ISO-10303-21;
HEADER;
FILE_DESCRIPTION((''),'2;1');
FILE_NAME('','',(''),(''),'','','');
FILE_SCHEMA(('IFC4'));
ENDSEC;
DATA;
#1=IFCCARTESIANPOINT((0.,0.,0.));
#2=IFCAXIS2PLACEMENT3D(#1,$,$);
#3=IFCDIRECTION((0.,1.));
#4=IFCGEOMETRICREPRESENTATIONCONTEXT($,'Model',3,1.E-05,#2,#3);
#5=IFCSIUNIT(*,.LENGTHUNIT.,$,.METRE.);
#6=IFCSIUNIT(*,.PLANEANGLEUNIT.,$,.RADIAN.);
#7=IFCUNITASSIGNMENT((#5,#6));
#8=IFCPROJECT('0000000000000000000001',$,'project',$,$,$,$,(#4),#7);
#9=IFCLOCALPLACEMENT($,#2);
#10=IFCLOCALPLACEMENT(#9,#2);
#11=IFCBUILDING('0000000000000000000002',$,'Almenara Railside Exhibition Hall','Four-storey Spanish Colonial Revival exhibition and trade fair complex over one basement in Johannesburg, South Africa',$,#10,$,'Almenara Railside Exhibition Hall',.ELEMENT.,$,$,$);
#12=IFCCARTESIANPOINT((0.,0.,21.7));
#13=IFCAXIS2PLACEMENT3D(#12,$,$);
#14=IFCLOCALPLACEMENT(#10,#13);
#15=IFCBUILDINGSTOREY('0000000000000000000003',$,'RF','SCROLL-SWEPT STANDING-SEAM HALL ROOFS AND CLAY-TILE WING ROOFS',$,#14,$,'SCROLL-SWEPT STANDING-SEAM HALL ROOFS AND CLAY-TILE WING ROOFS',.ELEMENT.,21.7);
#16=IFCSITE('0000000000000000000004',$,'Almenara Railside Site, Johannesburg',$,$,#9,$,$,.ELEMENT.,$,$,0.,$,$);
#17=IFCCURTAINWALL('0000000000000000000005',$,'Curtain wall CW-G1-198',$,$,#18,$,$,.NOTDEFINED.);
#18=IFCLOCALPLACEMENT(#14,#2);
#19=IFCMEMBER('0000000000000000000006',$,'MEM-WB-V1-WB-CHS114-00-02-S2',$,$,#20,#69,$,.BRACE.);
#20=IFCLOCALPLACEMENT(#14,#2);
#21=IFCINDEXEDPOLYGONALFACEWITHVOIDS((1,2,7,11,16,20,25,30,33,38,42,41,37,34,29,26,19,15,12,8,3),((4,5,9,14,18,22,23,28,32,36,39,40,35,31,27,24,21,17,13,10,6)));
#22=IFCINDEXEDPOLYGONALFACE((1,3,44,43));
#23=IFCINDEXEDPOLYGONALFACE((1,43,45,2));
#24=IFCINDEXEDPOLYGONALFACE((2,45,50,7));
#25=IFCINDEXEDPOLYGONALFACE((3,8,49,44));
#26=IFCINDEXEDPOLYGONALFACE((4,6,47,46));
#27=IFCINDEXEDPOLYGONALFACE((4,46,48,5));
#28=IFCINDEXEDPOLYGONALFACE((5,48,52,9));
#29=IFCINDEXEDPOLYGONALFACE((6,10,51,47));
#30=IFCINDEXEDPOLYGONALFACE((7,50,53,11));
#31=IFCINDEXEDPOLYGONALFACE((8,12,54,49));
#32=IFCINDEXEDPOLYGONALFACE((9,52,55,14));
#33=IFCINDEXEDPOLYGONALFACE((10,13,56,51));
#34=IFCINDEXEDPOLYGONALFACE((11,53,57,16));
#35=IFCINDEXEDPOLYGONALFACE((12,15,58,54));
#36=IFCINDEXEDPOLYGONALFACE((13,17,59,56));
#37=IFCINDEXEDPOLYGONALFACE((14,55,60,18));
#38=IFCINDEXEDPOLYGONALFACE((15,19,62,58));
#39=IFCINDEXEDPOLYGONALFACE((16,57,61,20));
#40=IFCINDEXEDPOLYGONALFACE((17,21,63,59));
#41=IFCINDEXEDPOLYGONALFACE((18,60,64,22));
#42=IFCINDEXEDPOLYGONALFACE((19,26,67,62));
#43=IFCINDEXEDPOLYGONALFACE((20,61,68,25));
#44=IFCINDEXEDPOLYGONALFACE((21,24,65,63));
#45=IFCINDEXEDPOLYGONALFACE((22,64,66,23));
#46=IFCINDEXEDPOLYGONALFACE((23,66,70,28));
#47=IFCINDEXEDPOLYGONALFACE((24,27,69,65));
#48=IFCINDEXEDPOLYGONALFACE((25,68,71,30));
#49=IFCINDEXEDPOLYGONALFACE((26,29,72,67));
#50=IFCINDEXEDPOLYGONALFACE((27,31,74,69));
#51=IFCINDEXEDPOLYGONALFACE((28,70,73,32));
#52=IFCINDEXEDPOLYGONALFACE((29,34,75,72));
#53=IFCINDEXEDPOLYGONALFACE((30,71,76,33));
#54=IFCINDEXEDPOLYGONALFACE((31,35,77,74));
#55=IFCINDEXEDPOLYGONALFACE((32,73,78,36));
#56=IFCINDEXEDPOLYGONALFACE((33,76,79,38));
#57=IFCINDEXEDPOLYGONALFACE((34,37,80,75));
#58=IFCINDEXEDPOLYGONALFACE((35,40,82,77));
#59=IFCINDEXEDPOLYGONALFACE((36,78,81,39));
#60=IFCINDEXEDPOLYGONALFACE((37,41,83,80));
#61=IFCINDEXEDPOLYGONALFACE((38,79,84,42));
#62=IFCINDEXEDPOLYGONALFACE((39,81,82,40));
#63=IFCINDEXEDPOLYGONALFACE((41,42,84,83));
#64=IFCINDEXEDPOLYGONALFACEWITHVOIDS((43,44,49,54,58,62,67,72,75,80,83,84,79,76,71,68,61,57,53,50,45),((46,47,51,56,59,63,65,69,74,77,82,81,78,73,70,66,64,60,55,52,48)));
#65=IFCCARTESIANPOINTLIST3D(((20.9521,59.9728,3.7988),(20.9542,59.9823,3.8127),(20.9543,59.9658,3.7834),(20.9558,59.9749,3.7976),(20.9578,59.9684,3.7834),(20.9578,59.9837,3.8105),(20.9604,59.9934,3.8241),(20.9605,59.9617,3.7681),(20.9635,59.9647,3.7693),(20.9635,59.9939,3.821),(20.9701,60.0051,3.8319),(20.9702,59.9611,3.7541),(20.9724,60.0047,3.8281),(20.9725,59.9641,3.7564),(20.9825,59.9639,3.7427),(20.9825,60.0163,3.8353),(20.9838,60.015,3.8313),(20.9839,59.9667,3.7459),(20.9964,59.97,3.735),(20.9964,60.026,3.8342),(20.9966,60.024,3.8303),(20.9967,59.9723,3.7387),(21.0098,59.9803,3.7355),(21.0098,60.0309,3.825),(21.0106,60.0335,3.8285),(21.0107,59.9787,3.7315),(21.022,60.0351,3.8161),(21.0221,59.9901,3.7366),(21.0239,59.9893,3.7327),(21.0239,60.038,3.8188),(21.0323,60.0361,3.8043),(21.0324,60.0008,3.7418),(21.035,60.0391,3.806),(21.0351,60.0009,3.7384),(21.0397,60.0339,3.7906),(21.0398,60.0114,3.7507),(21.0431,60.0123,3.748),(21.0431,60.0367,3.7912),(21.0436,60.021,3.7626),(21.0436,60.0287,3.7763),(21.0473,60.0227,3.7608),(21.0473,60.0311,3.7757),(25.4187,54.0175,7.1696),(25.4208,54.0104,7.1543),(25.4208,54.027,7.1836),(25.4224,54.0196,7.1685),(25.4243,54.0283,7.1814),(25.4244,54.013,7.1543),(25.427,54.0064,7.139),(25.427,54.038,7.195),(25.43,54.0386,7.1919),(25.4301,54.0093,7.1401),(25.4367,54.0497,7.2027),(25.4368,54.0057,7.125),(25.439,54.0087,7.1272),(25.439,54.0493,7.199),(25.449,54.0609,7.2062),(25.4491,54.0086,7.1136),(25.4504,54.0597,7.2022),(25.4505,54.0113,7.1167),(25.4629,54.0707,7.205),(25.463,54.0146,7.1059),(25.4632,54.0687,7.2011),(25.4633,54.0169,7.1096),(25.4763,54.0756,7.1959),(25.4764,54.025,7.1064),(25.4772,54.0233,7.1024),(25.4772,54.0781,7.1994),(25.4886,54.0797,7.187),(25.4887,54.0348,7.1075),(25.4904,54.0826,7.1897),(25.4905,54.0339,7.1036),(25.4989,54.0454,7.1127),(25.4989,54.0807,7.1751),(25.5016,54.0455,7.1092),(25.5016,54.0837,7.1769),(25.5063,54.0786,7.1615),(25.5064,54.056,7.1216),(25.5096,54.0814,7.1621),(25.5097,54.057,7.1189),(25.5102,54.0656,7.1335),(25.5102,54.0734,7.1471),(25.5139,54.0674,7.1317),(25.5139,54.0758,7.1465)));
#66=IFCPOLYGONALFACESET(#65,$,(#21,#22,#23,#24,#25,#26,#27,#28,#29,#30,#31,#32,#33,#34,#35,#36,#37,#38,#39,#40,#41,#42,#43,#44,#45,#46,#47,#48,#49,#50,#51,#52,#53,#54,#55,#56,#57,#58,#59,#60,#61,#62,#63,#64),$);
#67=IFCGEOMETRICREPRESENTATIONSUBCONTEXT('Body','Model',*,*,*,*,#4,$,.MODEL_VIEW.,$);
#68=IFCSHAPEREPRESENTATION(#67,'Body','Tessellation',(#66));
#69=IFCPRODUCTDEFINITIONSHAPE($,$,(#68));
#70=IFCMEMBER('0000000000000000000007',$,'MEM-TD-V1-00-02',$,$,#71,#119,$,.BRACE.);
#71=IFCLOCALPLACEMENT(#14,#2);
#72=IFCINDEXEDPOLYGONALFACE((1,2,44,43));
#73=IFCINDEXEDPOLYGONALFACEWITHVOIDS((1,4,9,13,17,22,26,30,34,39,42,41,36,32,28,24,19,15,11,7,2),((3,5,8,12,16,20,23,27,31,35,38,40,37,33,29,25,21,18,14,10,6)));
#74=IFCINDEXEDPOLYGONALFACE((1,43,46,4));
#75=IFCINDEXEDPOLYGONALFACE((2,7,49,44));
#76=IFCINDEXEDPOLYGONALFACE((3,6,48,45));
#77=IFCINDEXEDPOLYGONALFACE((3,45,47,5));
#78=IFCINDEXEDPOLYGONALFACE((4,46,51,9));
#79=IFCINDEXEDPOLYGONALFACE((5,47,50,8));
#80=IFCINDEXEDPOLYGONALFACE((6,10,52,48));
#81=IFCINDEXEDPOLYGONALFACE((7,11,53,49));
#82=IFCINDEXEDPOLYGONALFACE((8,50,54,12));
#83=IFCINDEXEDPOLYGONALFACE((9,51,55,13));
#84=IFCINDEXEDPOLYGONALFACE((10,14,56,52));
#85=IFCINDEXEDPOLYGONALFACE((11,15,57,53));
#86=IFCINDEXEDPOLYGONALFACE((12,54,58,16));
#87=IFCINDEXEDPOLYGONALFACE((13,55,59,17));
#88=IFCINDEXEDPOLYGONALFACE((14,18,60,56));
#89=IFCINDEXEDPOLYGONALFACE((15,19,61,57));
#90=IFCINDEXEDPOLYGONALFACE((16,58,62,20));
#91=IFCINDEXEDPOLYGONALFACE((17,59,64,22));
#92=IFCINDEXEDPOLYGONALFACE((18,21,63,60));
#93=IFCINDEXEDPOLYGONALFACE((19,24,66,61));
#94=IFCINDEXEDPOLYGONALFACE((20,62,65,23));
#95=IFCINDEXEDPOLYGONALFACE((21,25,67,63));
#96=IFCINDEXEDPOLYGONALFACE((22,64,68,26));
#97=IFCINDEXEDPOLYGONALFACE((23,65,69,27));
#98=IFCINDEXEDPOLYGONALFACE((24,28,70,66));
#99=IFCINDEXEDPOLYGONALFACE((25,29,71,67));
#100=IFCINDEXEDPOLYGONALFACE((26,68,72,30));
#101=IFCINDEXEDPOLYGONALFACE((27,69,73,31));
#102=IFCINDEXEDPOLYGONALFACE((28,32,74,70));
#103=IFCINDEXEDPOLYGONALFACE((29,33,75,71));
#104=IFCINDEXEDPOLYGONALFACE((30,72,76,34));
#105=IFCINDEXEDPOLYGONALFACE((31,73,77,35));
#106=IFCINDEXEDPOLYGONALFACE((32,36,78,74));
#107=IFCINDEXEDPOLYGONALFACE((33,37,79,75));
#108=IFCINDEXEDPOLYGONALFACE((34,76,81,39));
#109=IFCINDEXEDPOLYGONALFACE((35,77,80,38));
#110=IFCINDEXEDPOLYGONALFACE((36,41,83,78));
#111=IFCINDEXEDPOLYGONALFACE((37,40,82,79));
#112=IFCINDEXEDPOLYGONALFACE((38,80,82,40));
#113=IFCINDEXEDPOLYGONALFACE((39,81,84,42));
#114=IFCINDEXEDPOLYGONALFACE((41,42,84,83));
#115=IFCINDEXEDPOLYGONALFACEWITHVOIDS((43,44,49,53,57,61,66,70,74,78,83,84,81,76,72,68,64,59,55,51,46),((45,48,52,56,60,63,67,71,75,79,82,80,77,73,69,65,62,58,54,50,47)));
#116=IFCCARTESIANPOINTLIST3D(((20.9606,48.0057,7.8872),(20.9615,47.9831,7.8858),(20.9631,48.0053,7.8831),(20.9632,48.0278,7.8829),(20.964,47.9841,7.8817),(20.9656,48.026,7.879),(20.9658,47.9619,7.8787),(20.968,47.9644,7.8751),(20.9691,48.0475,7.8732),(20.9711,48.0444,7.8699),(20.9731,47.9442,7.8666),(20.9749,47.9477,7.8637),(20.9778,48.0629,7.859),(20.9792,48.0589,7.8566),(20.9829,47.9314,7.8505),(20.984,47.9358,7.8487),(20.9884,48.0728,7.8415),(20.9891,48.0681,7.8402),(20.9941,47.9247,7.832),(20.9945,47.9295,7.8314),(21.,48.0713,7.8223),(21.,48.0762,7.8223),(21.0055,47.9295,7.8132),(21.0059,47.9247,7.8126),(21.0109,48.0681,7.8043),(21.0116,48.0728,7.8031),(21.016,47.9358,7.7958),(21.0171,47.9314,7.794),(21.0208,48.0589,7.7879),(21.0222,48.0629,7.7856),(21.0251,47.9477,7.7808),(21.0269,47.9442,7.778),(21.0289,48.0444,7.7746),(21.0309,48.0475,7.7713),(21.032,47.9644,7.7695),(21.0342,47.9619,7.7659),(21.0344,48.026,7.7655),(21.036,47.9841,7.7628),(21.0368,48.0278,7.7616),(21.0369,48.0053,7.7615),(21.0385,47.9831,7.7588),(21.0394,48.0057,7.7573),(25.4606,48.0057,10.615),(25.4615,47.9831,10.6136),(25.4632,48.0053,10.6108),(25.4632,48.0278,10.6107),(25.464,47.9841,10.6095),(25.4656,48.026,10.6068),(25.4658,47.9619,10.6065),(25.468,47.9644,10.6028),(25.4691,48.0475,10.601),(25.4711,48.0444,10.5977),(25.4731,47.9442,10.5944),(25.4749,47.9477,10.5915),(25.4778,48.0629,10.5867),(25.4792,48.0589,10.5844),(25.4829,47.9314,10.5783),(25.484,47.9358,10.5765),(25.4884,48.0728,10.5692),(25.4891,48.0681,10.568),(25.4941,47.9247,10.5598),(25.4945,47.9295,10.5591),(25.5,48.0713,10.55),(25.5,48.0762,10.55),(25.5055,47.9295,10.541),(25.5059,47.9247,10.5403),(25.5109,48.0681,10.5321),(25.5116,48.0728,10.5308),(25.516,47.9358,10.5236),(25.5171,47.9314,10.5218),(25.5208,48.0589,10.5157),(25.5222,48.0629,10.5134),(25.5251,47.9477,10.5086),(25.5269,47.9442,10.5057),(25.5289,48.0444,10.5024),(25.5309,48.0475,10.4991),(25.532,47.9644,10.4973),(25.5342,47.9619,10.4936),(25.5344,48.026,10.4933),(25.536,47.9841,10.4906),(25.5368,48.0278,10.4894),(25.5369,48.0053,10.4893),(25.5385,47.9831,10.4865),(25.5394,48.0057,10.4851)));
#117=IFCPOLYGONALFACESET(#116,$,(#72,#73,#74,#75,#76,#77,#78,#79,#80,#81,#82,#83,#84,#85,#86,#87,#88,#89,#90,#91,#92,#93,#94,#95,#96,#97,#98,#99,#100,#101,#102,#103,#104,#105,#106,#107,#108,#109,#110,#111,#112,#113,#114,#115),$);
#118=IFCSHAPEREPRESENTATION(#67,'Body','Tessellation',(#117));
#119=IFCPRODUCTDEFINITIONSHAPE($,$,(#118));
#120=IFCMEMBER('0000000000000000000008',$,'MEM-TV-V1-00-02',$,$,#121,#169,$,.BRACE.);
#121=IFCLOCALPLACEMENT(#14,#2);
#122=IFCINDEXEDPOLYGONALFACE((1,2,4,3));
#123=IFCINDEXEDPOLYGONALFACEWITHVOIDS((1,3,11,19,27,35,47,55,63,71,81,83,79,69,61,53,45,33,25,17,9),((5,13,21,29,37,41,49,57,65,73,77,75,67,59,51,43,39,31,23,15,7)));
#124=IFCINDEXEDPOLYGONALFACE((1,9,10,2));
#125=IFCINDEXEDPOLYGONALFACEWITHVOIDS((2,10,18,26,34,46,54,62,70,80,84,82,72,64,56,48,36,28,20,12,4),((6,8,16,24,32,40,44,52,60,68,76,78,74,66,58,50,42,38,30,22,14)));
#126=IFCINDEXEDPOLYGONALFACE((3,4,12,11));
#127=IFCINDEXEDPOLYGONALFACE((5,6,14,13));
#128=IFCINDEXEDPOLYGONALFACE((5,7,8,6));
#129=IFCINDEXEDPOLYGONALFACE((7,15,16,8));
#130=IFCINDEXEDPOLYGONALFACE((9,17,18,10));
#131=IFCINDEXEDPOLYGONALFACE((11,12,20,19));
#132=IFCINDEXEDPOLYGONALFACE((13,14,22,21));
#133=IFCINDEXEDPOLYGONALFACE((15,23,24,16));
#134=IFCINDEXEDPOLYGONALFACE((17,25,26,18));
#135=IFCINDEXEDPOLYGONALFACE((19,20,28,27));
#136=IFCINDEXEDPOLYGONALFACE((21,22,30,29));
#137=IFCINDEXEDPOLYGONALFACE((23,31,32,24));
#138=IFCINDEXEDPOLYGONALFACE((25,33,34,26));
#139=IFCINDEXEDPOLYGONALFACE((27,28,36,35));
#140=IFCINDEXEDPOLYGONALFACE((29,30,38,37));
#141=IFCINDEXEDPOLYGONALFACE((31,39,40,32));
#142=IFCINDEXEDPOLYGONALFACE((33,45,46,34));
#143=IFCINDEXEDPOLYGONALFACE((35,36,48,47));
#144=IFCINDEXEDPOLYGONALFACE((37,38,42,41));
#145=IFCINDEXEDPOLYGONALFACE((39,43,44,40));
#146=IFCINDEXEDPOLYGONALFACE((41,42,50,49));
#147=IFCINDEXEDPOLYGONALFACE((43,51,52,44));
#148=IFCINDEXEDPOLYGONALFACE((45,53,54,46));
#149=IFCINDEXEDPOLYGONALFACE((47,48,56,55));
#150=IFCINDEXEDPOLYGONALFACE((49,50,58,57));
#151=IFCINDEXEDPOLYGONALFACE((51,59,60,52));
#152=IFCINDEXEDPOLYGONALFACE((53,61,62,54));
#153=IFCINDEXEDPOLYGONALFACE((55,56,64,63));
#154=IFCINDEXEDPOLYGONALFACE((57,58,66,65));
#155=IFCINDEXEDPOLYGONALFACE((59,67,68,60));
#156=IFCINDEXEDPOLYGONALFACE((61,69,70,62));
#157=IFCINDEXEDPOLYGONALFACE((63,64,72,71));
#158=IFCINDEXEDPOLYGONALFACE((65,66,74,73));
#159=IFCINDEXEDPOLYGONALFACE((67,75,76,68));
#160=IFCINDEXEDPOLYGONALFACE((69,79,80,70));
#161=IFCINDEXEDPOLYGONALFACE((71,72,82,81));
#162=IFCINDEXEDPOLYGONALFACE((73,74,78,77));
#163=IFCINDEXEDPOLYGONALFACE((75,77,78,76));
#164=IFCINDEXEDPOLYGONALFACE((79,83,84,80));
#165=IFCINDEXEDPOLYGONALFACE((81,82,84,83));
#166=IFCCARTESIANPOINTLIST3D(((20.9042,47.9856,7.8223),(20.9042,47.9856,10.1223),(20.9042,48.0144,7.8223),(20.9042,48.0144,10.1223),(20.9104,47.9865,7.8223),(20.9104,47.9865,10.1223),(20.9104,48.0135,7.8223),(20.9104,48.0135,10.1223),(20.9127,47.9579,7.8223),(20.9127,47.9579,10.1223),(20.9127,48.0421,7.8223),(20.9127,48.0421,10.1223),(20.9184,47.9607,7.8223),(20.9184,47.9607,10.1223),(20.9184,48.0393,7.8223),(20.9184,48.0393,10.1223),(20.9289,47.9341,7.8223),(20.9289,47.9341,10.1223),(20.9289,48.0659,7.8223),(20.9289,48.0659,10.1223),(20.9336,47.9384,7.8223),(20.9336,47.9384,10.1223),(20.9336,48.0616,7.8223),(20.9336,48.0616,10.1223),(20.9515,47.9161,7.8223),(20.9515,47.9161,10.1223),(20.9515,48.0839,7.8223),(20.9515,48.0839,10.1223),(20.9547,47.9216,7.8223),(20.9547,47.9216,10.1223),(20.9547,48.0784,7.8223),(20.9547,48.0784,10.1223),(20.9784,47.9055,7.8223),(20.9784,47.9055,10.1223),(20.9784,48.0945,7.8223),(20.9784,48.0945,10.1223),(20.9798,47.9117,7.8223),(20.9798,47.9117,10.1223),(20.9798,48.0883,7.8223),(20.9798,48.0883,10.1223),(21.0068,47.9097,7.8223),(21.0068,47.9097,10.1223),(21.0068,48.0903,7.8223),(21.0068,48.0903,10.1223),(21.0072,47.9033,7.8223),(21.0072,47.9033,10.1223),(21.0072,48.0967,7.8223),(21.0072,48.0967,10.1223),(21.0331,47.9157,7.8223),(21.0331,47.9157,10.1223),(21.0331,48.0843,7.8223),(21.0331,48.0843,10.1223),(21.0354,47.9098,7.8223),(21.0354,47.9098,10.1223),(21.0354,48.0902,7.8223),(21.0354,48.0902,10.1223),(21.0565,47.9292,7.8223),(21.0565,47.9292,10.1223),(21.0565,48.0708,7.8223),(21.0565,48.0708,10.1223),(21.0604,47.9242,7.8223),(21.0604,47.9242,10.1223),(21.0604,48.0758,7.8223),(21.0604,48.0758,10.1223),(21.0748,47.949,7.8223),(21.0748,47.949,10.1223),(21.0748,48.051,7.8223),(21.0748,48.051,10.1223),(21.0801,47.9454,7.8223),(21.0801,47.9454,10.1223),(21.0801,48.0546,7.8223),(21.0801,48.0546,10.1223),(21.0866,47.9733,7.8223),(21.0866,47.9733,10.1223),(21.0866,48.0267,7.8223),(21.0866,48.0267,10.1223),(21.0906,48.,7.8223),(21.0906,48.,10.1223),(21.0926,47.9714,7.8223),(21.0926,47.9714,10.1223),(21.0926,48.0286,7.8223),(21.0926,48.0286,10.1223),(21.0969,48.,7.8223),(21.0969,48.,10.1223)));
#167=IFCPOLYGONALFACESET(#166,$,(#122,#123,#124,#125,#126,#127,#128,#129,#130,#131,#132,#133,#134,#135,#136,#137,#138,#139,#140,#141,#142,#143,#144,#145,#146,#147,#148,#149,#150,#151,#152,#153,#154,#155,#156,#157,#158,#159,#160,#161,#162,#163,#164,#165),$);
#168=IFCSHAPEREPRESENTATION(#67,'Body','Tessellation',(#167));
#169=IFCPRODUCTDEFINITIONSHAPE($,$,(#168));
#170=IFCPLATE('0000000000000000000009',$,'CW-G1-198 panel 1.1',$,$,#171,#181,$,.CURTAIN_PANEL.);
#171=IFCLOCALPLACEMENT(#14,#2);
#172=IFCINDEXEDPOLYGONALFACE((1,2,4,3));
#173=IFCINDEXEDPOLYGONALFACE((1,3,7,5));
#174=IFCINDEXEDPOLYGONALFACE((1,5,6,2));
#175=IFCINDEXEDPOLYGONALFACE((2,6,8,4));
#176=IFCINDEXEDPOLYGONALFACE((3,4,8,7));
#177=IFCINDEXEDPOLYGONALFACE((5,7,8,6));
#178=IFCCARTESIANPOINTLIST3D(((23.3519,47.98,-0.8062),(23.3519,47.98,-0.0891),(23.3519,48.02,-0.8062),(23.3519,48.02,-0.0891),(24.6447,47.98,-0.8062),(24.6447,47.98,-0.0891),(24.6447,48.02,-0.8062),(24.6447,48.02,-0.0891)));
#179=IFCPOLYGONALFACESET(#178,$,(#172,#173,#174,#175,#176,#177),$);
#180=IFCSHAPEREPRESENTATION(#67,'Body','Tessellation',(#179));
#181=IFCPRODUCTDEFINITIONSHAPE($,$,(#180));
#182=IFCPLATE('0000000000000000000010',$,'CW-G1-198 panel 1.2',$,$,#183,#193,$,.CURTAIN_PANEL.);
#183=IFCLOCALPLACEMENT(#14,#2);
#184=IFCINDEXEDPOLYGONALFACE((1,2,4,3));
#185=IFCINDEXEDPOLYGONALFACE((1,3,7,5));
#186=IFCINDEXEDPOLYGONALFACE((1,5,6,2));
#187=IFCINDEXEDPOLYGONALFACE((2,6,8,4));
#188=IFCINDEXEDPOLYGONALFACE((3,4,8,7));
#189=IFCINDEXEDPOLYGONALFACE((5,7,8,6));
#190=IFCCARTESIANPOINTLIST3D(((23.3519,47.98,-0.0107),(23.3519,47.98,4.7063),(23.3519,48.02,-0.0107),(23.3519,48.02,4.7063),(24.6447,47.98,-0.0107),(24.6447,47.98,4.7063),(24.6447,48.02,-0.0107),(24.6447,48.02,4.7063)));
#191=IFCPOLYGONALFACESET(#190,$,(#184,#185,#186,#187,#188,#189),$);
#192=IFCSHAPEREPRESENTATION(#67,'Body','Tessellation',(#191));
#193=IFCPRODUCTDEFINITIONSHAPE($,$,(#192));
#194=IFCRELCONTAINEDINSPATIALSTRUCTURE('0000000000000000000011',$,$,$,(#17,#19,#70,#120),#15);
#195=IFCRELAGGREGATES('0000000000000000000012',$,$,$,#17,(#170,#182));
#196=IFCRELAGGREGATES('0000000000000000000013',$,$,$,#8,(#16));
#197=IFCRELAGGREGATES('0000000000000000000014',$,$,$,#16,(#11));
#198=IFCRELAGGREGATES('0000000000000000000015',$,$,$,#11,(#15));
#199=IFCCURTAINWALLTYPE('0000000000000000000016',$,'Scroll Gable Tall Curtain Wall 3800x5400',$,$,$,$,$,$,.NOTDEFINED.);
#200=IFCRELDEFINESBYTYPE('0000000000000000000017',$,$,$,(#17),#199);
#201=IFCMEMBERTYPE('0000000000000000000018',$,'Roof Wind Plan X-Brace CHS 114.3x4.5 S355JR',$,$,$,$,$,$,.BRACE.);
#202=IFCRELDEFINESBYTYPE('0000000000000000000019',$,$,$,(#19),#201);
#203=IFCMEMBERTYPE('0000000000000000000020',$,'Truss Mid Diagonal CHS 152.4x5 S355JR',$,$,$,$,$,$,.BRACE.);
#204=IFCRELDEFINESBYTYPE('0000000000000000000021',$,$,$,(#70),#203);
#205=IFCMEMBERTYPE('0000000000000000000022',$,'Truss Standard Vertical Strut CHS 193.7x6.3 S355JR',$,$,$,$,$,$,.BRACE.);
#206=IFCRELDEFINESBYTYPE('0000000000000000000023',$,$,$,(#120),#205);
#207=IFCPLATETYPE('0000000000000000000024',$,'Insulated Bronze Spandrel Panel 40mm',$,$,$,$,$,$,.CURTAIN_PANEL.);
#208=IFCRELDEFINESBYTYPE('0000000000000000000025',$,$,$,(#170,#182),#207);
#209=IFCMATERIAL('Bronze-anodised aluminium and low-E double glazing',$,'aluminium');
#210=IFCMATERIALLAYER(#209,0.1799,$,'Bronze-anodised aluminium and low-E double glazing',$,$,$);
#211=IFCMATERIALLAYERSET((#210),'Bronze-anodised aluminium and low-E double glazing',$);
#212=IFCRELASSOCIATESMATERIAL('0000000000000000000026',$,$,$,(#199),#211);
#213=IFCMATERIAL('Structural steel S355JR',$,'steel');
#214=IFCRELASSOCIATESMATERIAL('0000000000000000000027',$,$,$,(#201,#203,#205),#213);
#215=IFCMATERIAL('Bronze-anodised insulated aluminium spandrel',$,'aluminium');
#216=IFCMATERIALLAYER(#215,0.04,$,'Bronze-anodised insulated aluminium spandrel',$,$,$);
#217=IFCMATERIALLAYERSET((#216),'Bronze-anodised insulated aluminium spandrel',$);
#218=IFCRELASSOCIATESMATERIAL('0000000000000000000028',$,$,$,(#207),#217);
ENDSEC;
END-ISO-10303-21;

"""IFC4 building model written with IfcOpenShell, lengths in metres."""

from ifc_helpers import new_model, si_unit, direction, frame, origin, origin_2d, place, context, subcontext, project, spatial, rectangle, hollow_circle, extrude, material, layer, layer_set, material_profile, profile_set, type_object, element, aggregate, save


model = new_model("IFC4")

# Units and contexts
model_context = context("Model", 3, precision=1e-05, world=origin(), true_north=direction((0.0, 1.0)))
body_context = subcontext(model_context, "Body", "Model", "MODEL_VIEW")
ifc_project = project(units=[si_unit("LENGTHUNIT", "METRE"), si_unit("PLANEANGLEUNIT", "RADIAN")], contexts=[model_context])

# Site, building, storey
site_placement = place(None, origin())
site = spatial("IfcSite", under=ifc_project, at=site_placement, Name="Almenara Railside Site, Johannesburg", CompositionType="ELEMENT", RefElevation=0.0)
building_placement = place(site_placement, origin())
building = spatial("IfcBuilding", under=site, at=building_placement, Name="Almenara Railside Exhibition Hall", Description="Four-storey Spanish Colonial Revival exhibition and trade fair complex over one basement in Johannesburg, South Africa", LongName="Almenara Railside Exhibition Hall", CompositionType="ELEMENT")
storey_placement = place(building_placement, frame((0.0, 0.0, 21.7)))
storey = spatial("IfcBuildingStorey", under=building, at=storey_placement, Name="RF", Description="SCROLL-SWEPT STANDING-SEAM HALL ROOFS AND CLAY-TILE WING ROOFS", LongName="SCROLL-SWEPT STANDING-SEAM HALL ROOFS AND CLAY-TILE WING ROOFS", CompositionType="ELEMENT", Elevation=21.7)

# Shared definitions
ifc_material_1 = material(Name="Structural steel S355JR", Category="steel")

# Curtain wall
ifc_material_2 = material(Name="Bronze-anodised aluminium and low-E double glazing", Category="aluminium")
ifc_layer_1 = layer(ifc_material_2, 0.1799, Name="Bronze-anodised aluminium and low-E double glazing")
ifc_layer_set_1 = layer_set([ifc_layer_1], Name="Bronze-anodised aluminium and low-E double glazing")
curtain_wall_type = type_object("IfcCurtainWallType", Name="Scroll Gable Tall Curtain Wall 3800x5400", PredefinedType="NOTDEFINED", material=ifc_layer_set_1)
curtain_wall_1_placement = place(storey_placement, origin())
curtain_wall_1 = element("IfcCurtainWall", 1, at=curtain_wall_1_placement, inside=storey, type_object=curtain_wall_type, Name="Curtain wall CW-G1-198", PredefinedType="NOTDEFINED")

# Members
ifc_material_profile_1 = material_profile(ifc_material_1, hollow_circle(Radius=0.0571, WallThickness=0.0044, at=origin_2d()), Name="CHS 114.3x4.5")
ifc_profile_set_1 = profile_set([ifc_material_profile_1], Name="Structural steel S355JR")
member_type_1 = type_object("IfcMemberType", Name="Roof Wind Plan X-Brace CHS 114.3x4.5 S355JR", PredefinedType="BRACE", material=ifc_profile_set_1)
member_1_placement = place(storey_placement, frame((25.4666, 54.0447, 7.1543), z_axis=(-0.54658, 0.728764, -0.412497), x_axis=(-0.799996, -0.600005, 0.0)))
element("IfcMember", 2, at=member_1_placement, inside=storey, type_object=member_type_1, Name="MEM-WB-V1-WB-CHS114-00-02-S2", PredefinedType="BRACE", context=body_context, shape_type="SweptSolid", body=[
    extrude(hollow_circle(Radius=0.0571, WallThickness=0.0044, at=origin_2d()), origin(), (0.0, 0.0, 1.0), 8.1719),
])
ifc_material_profile_2 = material_profile(ifc_material_1, hollow_circle(Radius=0.0762, WallThickness=0.0049, at=origin_2d()), Name="CHS 152.4x5")
ifc_profile_set_2 = profile_set([ifc_material_profile_2], Name="Structural steel S355JR")
member_type_2 = type_object("IfcMemberType", Name="Truss Mid Diagonal CHS 152.4x5 S355JR", PredefinedType="BRACE", material=ifc_profile_set_2)
member_2_placement = place(storey_placement, frame((21.0, 48.0, 7.8223), z_axis=(0.855155, 0.0, 0.518373), x_axis=(0.0, 1.0, 0.0)))
element("IfcMember", 3, at=member_2_placement, inside=storey, type_object=member_type_2, Name="MEM-TD-V1-00-02", PredefinedType="BRACE", context=body_context, shape_type="SweptSolid", body=[
    extrude(hollow_circle(Radius=0.0762, WallThickness=0.0049, at=origin_2d()), origin(), (0.0, 0.0, 1.0), 5.2622),
])
ifc_material_profile_3 = material_profile(ifc_material_1, hollow_circle(Radius=0.0969, WallThickness=0.0063, at=origin_2d()), Name="CHS 193.7x6.3")
ifc_profile_set_3 = profile_set([ifc_material_profile_3], Name="Structural steel S355JR")
member_type_3 = type_object("IfcMemberType", Name="Truss Standard Vertical Strut CHS 193.7x6.3 S355JR", PredefinedType="BRACE", material=ifc_profile_set_3)
member_3_placement = place(storey_placement, frame((21.0, 48.0, 7.8223), z_axis=(0.0, 0.0, 1.0), x_axis=(1.0, 0.0, 0.0)))
element("IfcMember", 4, at=member_3_placement, inside=storey, type_object=member_type_3, Name="MEM-TV-V1-00-02", PredefinedType="BRACE", context=body_context, shape_type="SweptSolid", body=[
    extrude(hollow_circle(Radius=0.0969, WallThickness=0.0063, at=origin_2d()), origin(), (0.0, 0.0, 1.0), 2.3),
])

# Plates
ifc_material_3 = material(Name="Bronze-anodised insulated aluminium spandrel", Category="aluminium")
ifc_layer_2 = layer(ifc_material_3, 0.04, Name="Bronze-anodised insulated aluminium spandrel")
ifc_layer_set_2 = layer_set([ifc_layer_2], Name="Bronze-anodised insulated aluminium spandrel")
plate_type_1 = type_object("IfcPlateType", Name="Insulated Bronze Spandrel Panel 40mm", PredefinedType="CURTAIN_PANEL", material=ifc_layer_set_2)
plate_1_placement = place(storey_placement, frame((23.9983, 48.0, -0.8062), z_axis=(0.0, 0.0, 1.0), x_axis=(1.0, 0.0, 0.0)))
plate_1 = element("IfcPlate", 5, at=plate_1_placement, type_object=plate_type_1, Name="CW-G1-198 panel 1.1", PredefinedType="CURTAIN_PANEL", context=body_context, shape_type="SweptSolid", body=[
    extrude(rectangle(XDim=1.2927, YDim=0.04, at=origin_2d()), origin(), (0.0, 0.0, 1.0), 0.717),
])
plate_2_placement = place(storey_placement, frame((23.9983, 48.0, -0.0107), z_axis=(0.0, 0.0, 1.0), x_axis=(1.0, 0.0, 0.0)))
plate_2 = element("IfcPlate", 6, at=plate_2_placement, type_object=plate_type_1, Name="CW-G1-198 panel 1.2", PredefinedType="CURTAIN_PANEL", context=body_context, shape_type="SweptSolid", body=[
    extrude(rectangle(XDim=1.2927, YDim=0.04, at=origin_2d()), origin(), (0.0, 0.0, 1.0), 4.717),
])
aggregate(curtain_wall_1, [plate_1, plate_2])

save(model, "model.ifc")
